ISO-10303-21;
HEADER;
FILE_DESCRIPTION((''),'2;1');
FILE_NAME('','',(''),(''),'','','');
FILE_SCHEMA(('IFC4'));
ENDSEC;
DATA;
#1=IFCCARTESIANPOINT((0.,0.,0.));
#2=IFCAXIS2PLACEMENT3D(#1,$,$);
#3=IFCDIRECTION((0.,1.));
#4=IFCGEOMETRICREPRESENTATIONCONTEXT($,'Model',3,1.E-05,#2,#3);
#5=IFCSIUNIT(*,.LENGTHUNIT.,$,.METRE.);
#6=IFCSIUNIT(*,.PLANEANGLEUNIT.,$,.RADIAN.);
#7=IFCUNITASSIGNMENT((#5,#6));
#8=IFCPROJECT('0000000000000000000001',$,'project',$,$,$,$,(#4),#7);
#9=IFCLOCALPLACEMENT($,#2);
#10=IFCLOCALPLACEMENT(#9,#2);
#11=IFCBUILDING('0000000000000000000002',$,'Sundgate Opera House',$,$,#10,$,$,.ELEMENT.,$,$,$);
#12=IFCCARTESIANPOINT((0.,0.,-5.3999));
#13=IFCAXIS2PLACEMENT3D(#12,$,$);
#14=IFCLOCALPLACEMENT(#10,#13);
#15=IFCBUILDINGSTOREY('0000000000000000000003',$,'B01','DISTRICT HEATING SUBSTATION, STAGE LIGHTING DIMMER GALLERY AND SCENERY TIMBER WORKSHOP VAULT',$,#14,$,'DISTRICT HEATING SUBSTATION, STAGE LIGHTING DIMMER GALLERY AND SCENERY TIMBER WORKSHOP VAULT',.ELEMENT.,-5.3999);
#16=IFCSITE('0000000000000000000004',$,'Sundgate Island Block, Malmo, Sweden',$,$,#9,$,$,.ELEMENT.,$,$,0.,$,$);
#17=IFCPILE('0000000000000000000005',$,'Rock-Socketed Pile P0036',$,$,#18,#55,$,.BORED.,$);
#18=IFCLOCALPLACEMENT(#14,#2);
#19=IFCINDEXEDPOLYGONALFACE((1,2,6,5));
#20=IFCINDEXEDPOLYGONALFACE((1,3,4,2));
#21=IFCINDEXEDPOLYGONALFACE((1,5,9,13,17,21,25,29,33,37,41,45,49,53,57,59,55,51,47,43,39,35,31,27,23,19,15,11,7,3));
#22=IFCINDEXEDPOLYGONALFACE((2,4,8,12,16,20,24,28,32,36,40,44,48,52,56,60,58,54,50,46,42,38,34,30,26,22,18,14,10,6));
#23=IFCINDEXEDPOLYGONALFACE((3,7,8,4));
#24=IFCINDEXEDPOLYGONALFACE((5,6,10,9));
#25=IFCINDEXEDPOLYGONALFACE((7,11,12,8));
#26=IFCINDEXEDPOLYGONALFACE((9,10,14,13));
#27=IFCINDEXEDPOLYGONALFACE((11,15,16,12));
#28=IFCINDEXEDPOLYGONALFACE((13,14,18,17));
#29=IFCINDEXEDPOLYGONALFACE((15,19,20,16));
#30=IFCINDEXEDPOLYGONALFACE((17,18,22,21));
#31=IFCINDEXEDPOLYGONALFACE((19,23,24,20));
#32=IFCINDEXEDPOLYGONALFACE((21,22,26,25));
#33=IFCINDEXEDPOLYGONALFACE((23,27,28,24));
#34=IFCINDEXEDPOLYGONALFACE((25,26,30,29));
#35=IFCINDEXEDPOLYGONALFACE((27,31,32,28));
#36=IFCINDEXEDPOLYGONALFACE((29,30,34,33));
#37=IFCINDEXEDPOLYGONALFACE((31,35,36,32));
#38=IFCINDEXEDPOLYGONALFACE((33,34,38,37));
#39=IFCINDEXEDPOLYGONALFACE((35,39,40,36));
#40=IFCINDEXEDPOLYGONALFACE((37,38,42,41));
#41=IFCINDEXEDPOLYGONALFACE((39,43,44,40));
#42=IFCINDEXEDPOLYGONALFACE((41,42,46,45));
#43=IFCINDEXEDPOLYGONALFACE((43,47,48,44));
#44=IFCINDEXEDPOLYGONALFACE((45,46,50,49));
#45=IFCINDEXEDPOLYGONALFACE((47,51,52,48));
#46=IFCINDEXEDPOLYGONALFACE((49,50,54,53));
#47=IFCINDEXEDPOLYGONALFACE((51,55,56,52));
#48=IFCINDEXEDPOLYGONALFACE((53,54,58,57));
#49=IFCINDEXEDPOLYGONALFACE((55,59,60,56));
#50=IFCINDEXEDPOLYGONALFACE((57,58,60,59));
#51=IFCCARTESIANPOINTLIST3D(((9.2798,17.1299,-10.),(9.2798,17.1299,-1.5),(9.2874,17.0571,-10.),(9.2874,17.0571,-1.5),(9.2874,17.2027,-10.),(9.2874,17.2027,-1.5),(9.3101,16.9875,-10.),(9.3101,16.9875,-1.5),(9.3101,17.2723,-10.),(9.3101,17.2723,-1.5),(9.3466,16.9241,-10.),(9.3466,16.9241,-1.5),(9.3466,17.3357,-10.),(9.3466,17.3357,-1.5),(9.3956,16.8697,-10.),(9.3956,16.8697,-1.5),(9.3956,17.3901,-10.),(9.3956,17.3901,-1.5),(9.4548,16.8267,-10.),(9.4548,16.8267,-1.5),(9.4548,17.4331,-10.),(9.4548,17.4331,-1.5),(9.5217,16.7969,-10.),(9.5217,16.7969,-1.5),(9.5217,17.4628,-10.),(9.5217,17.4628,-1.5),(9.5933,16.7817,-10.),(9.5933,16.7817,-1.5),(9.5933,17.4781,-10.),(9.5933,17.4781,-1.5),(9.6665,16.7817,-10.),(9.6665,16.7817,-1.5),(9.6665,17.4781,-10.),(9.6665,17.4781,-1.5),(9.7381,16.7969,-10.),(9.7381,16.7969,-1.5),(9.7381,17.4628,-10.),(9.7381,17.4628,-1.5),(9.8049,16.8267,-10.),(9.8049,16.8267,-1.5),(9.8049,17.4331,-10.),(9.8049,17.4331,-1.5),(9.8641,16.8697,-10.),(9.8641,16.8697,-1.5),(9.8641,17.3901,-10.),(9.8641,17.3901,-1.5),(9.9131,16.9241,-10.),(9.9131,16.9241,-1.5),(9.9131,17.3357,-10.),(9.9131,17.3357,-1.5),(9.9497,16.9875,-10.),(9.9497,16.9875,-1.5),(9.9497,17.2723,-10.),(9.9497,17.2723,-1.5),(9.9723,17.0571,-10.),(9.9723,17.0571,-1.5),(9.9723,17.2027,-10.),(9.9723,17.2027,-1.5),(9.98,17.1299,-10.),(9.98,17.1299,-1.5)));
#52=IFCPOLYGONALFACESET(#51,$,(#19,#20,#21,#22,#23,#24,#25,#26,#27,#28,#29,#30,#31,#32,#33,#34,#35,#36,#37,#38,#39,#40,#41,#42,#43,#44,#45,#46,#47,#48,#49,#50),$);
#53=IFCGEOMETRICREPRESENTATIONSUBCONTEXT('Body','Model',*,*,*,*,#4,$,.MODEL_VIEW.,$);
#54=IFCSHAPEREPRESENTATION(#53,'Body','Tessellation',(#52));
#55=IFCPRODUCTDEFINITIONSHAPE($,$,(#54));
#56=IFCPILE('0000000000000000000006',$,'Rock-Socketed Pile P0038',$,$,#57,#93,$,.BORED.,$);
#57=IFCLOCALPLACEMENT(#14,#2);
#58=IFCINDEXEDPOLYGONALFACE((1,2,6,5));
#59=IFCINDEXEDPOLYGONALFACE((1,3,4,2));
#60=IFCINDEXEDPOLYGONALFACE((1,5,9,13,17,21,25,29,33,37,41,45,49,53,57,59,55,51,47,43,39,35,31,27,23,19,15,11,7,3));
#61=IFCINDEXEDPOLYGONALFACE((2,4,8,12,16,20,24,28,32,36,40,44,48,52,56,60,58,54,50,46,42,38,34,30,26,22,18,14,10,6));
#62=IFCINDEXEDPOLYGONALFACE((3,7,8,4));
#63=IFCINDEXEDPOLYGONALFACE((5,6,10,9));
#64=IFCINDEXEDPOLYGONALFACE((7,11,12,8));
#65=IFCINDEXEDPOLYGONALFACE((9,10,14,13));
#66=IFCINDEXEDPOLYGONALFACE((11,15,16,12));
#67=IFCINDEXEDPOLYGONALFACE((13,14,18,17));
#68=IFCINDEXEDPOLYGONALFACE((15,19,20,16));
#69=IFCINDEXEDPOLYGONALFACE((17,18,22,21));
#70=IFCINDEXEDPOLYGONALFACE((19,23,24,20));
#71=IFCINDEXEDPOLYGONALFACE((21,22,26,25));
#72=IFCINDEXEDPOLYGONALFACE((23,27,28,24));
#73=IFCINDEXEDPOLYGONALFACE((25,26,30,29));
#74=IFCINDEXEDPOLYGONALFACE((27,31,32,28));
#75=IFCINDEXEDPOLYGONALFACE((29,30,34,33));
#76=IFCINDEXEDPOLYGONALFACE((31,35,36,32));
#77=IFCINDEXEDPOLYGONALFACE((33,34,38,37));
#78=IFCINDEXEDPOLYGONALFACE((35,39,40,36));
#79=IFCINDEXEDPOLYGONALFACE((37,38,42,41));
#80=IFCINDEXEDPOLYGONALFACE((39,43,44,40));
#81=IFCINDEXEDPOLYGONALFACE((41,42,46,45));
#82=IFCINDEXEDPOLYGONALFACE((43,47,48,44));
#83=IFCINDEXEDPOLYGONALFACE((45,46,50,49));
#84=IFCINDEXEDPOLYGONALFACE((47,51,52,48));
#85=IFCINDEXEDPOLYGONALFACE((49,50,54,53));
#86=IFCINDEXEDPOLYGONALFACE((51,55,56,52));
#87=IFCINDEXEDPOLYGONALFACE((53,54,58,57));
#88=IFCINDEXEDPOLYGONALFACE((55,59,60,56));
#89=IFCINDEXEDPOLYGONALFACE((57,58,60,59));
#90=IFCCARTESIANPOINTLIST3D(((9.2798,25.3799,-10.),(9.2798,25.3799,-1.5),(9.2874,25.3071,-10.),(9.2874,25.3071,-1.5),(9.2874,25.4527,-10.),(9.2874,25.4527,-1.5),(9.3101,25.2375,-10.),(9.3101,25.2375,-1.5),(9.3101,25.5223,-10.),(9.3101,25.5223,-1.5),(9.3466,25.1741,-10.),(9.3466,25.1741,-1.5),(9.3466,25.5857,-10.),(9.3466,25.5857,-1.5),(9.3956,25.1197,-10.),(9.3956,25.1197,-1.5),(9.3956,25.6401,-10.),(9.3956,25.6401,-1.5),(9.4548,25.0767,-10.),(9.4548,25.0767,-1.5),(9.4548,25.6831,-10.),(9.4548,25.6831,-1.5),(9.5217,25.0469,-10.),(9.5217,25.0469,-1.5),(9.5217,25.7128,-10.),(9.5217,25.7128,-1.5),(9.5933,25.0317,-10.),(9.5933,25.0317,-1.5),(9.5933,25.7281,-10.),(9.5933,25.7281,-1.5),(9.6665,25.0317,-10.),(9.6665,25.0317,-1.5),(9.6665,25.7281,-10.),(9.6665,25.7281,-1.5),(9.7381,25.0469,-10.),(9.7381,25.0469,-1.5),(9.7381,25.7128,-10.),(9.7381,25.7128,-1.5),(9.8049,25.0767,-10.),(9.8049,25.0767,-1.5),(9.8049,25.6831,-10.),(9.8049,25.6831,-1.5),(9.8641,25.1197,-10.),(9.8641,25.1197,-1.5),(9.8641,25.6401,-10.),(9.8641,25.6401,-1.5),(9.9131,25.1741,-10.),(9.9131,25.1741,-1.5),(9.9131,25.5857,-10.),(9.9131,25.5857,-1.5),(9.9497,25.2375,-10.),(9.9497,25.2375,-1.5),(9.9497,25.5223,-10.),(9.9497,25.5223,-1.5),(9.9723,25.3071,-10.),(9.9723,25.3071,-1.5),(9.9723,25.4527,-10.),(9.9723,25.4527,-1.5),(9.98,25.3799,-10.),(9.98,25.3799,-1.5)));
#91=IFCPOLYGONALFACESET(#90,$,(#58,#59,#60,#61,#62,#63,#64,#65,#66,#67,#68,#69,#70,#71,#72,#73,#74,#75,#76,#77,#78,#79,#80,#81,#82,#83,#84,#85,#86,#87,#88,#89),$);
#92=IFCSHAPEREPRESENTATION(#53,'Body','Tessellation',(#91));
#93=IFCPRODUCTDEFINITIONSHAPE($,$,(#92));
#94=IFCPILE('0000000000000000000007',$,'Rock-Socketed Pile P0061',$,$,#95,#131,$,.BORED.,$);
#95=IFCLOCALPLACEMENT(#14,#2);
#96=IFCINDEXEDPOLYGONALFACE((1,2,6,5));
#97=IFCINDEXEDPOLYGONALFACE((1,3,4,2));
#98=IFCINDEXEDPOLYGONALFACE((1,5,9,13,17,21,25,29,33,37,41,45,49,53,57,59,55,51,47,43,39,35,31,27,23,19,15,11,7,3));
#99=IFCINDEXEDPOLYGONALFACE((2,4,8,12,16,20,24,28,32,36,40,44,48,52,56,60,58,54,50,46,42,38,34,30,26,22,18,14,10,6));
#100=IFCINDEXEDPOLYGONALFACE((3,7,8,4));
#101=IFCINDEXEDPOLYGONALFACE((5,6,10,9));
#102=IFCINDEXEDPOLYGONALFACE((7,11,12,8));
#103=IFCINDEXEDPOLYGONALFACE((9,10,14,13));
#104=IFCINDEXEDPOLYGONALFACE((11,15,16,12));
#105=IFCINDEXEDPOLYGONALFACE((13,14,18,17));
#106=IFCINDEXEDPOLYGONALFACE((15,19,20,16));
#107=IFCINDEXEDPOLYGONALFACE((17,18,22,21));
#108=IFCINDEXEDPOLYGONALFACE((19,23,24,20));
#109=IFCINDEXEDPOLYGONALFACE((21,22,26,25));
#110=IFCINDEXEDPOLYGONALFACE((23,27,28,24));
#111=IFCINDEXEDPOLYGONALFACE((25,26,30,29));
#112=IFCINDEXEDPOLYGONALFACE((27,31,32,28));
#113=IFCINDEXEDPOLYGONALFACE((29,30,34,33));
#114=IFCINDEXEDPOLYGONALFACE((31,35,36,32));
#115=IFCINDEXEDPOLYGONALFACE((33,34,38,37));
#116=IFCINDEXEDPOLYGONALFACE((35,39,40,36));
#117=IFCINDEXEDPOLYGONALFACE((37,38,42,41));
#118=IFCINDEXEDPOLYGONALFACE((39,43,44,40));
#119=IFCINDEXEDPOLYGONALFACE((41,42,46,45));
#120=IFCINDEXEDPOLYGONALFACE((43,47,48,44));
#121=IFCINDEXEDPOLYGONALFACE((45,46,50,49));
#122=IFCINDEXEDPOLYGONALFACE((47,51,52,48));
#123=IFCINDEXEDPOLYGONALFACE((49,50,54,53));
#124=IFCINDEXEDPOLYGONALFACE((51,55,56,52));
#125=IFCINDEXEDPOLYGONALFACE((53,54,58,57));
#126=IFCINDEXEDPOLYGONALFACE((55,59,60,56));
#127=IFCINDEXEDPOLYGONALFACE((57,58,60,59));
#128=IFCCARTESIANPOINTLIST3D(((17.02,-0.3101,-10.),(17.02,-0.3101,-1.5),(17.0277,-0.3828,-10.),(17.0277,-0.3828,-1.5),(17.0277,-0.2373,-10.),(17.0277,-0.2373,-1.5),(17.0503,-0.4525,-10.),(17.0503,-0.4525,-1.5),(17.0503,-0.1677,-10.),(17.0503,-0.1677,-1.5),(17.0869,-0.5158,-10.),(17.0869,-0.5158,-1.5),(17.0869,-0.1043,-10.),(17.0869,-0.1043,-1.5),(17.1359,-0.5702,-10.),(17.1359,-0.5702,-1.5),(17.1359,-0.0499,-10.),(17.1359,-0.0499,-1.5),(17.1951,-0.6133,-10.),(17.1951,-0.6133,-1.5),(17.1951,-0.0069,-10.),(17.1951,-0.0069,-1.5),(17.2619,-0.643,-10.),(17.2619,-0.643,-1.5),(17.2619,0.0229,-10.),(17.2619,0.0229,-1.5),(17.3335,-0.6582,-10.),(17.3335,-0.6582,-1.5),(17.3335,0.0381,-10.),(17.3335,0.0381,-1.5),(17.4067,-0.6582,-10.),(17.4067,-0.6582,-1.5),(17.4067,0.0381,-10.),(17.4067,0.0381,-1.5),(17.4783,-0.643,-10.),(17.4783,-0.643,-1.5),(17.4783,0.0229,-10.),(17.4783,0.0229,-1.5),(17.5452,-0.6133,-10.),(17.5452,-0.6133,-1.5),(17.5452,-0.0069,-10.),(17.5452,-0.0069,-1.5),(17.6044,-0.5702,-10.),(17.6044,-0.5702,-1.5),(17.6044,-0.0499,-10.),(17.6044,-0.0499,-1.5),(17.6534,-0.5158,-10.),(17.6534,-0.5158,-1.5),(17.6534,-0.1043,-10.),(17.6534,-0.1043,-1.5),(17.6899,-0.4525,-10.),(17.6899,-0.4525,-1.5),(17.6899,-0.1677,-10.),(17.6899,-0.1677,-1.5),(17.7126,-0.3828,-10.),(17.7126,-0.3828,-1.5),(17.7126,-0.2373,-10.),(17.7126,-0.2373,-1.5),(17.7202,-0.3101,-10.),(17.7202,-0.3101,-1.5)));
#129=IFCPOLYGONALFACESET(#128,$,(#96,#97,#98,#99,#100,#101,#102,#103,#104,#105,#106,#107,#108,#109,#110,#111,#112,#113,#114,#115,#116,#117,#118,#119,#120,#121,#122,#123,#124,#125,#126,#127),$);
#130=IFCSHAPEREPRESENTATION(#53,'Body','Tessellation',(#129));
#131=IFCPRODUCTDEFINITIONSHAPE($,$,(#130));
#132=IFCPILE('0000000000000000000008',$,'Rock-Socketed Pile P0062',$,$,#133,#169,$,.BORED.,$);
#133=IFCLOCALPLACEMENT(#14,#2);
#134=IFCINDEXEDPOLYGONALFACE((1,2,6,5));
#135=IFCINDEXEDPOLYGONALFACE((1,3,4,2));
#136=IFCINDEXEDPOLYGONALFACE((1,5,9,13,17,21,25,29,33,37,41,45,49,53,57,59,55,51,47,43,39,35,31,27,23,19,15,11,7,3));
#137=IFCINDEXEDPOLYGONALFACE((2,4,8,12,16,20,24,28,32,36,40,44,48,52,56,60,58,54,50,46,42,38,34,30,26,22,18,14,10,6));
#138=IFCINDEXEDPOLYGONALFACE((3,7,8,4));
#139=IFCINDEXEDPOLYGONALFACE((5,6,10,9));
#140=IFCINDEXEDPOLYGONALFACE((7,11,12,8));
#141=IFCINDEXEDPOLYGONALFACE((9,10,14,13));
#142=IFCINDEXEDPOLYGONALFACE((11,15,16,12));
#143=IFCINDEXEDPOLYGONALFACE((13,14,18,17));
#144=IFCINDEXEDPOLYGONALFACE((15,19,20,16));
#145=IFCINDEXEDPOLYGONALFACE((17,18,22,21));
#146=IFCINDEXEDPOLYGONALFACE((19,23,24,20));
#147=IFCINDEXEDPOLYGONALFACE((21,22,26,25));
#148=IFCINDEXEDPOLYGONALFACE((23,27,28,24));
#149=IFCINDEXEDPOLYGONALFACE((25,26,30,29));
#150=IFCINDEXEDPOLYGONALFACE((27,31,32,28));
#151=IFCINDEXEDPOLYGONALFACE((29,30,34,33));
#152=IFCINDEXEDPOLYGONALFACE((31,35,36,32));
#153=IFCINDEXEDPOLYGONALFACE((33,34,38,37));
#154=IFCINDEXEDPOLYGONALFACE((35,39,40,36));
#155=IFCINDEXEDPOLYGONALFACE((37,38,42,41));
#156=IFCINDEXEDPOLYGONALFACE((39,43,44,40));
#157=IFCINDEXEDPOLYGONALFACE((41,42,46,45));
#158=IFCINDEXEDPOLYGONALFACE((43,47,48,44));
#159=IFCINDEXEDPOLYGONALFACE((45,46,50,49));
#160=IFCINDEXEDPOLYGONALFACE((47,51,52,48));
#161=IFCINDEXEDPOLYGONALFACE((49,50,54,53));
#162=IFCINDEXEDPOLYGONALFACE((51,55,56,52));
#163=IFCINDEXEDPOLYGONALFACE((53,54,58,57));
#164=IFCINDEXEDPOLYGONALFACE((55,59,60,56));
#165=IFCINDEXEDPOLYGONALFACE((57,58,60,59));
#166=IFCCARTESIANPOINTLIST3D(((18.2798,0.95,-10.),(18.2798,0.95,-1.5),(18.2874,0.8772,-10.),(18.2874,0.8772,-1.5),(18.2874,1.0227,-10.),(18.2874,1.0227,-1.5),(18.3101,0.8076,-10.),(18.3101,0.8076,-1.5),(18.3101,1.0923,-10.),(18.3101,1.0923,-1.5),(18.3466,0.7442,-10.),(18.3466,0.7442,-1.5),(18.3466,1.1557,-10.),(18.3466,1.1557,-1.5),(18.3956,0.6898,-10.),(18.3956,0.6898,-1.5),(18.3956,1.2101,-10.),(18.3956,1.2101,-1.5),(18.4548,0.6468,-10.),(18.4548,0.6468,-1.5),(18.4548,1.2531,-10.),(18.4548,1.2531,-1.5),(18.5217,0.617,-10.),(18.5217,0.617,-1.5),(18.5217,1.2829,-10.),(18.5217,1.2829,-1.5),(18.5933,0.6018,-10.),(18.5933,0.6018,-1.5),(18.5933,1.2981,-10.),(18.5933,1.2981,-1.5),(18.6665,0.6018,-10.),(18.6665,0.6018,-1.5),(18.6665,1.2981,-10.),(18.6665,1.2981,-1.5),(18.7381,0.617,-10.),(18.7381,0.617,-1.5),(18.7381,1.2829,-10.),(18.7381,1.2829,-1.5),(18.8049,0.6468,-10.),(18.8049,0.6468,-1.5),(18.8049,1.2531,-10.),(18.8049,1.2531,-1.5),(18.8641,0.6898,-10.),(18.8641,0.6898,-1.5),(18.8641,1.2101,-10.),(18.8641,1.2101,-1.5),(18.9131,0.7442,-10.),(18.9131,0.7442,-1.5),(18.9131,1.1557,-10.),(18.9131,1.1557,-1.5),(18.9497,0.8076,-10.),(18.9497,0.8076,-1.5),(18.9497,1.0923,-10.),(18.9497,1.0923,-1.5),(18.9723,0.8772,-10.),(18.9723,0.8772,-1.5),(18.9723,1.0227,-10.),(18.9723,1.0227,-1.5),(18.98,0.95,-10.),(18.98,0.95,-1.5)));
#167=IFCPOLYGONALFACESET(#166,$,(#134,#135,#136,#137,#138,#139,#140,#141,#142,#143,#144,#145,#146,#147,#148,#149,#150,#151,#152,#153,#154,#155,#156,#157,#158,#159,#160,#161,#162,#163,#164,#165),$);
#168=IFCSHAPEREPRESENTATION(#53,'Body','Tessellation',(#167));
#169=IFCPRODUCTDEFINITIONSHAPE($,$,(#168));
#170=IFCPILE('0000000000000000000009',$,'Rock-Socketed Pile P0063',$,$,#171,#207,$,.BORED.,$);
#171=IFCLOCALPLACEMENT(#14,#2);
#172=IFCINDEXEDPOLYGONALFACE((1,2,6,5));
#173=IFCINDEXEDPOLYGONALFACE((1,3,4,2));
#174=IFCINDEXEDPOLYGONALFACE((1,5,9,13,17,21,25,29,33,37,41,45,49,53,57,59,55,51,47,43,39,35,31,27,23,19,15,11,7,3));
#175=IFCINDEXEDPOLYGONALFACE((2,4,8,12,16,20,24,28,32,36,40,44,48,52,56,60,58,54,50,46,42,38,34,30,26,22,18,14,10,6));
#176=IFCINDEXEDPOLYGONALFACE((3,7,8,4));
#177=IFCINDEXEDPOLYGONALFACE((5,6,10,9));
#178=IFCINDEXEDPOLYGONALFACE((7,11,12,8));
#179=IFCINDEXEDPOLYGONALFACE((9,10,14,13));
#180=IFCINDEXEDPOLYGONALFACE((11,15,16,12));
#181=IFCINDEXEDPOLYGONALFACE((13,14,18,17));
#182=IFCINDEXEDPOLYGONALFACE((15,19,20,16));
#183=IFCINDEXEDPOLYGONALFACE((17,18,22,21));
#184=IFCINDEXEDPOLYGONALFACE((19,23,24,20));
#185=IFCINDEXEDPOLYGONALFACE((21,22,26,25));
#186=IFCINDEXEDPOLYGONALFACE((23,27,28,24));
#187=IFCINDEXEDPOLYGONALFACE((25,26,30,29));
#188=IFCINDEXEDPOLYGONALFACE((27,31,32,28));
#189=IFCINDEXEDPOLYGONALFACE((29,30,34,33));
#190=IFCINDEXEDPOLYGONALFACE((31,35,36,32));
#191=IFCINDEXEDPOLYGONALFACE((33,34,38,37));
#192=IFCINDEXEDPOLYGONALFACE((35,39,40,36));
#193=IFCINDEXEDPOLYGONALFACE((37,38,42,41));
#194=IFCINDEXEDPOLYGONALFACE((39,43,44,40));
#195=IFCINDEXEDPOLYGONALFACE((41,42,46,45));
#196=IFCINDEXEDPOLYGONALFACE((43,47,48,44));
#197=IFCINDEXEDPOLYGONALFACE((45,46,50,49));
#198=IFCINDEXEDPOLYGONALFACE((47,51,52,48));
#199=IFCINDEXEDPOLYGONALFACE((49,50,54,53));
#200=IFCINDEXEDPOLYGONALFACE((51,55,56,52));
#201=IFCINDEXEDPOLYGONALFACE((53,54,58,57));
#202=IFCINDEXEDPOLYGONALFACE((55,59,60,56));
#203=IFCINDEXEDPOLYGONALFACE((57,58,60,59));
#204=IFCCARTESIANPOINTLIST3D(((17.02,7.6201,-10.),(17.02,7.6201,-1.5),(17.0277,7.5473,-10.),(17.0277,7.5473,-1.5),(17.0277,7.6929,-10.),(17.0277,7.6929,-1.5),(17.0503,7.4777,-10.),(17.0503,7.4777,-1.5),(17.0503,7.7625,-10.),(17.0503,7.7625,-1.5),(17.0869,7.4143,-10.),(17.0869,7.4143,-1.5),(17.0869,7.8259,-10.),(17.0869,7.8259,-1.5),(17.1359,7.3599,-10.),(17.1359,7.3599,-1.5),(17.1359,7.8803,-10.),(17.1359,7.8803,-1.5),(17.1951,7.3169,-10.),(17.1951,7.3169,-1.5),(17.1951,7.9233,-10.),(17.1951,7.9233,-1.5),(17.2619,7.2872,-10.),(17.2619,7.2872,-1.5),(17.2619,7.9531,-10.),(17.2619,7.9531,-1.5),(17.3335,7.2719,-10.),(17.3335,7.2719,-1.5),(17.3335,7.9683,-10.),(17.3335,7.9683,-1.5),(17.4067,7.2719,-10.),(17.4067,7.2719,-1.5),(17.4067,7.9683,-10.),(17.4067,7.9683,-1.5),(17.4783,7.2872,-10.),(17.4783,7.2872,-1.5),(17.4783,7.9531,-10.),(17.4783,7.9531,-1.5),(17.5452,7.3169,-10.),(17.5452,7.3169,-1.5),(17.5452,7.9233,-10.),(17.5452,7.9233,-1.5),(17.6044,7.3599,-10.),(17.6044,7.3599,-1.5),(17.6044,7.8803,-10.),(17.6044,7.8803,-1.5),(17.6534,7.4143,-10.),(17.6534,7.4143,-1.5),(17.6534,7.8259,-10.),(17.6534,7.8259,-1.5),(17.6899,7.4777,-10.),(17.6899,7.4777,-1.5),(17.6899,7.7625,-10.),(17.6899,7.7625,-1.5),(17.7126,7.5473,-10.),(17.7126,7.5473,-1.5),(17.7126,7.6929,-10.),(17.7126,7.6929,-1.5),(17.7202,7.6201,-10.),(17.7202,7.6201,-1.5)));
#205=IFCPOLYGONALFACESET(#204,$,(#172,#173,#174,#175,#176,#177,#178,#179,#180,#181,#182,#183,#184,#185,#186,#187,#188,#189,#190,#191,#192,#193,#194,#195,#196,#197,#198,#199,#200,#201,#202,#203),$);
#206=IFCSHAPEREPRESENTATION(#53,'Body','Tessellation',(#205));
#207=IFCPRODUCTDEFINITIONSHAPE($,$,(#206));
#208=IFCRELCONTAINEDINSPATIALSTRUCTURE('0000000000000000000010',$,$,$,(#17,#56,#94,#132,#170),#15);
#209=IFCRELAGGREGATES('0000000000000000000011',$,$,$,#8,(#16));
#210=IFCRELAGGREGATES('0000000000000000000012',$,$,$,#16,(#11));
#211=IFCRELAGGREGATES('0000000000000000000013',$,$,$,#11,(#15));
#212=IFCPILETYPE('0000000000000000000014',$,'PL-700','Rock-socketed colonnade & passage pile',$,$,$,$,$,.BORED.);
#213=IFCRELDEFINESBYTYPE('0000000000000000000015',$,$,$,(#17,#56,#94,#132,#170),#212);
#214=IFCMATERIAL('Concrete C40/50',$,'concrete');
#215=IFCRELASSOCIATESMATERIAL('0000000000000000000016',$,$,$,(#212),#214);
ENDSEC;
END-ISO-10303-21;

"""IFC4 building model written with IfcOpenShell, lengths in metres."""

from ifc_helpers import new_model, si_unit, direction, frame, origin, origin_2d, place, context, subcontext, project, spatial, circle, extrude, material, material_profile, profile_set, type_object, element, save


model = new_model("IFC4")

# Units and contexts
model_context = context("Model", 3, precision=1e-05, world=origin(), true_north=direction((0.0, 1.0)))
body_context = subcontext(model_context, "Body", "Model", "MODEL_VIEW")
ifc_project = project(units=[si_unit("LENGTHUNIT", "METRE"), si_unit("PLANEANGLEUNIT", "RADIAN")], contexts=[model_context])

# Site, building, storey
site_placement = place(None, origin())
site = spatial("IfcSite", under=ifc_project, at=site_placement, Name="Sundgate Island Block, Malmo, Sweden", CompositionType="ELEMENT", RefElevation=0.0)
building_placement = place(site_placement, origin())
building = spatial("IfcBuilding", under=site, at=building_placement, Name="Sundgate Opera House", CompositionType="ELEMENT")
storey_placement = place(building_placement, frame((0.0, 0.0, -5.3999)))
storey = spatial("IfcBuildingStorey", under=building, at=storey_placement, Name="B01", Description="DISTRICT HEATING SUBSTATION, STAGE LIGHTING DIMMER GALLERY AND SCENERY TIMBER WORKSHOP VAULT", LongName="DISTRICT HEATING SUBSTATION, STAGE LIGHTING DIMMER GALLERY AND SCENERY TIMBER WORKSHOP VAULT", CompositionType="ELEMENT", Elevation=-5.3999)

# Piles
ifc_material_1 = material(Name="Concrete C40/50", Category="concrete")
ifc_material_profile_1 = material_profile(ifc_material_1, circle(Radius=0.3501, at=origin_2d()), Name="PILE D700")
ifc_profile_set_1 = profile_set([ifc_material_profile_1], Name="Concrete C40/50")
pile_type = type_object("IfcPileType", Name="PL-700", Description="Rock-socketed colonnade & passage pile", PredefinedType="BORED", material=ifc_profile_set_1)
for number, where, z_axis, x_axis, name in (
    (1, (9.6299, 17.1299, -1.5), (0.0, 0.0, -1.0), (1.0, 0.0, 0.0), "Rock-Socketed Pile P0036"),
    (2, (9.6299, 25.3799, -1.5), (0.0, 0.0, -1.0), (1.0, 0.0, 0.0), "Rock-Socketed Pile P0038"),
    (3, (17.3701, -0.3101, -1.5), (0.0, 0.0, -1.0), (1.0, 0.0, 0.0), "Rock-Socketed Pile P0061"),
    (4, (18.6299, 0.95, -1.5), (0.0, 0.0, -1.0), (1.0, 0.0, 0.0), "Rock-Socketed Pile P0062"),
    (5, (17.3701, 7.6201, -1.5), (0.0, 0.0, -1.0), (1.0, 0.0, 0.0), "Rock-Socketed Pile P0063"),
):
    element("IfcPile", number, at=place(storey_placement, frame(where, z_axis=z_axis, x_axis=x_axis)), inside=storey, type_object=pile_type, Name=name, PredefinedType="BORED", context=body_context, shape_type="SweptSolid", body=[
        extrude(circle(Radius=0.3501, at=origin_2d()), origin(), (0.0, 0.0, 1.0), 8.5),
    ])

save(model, "model.ifc")
